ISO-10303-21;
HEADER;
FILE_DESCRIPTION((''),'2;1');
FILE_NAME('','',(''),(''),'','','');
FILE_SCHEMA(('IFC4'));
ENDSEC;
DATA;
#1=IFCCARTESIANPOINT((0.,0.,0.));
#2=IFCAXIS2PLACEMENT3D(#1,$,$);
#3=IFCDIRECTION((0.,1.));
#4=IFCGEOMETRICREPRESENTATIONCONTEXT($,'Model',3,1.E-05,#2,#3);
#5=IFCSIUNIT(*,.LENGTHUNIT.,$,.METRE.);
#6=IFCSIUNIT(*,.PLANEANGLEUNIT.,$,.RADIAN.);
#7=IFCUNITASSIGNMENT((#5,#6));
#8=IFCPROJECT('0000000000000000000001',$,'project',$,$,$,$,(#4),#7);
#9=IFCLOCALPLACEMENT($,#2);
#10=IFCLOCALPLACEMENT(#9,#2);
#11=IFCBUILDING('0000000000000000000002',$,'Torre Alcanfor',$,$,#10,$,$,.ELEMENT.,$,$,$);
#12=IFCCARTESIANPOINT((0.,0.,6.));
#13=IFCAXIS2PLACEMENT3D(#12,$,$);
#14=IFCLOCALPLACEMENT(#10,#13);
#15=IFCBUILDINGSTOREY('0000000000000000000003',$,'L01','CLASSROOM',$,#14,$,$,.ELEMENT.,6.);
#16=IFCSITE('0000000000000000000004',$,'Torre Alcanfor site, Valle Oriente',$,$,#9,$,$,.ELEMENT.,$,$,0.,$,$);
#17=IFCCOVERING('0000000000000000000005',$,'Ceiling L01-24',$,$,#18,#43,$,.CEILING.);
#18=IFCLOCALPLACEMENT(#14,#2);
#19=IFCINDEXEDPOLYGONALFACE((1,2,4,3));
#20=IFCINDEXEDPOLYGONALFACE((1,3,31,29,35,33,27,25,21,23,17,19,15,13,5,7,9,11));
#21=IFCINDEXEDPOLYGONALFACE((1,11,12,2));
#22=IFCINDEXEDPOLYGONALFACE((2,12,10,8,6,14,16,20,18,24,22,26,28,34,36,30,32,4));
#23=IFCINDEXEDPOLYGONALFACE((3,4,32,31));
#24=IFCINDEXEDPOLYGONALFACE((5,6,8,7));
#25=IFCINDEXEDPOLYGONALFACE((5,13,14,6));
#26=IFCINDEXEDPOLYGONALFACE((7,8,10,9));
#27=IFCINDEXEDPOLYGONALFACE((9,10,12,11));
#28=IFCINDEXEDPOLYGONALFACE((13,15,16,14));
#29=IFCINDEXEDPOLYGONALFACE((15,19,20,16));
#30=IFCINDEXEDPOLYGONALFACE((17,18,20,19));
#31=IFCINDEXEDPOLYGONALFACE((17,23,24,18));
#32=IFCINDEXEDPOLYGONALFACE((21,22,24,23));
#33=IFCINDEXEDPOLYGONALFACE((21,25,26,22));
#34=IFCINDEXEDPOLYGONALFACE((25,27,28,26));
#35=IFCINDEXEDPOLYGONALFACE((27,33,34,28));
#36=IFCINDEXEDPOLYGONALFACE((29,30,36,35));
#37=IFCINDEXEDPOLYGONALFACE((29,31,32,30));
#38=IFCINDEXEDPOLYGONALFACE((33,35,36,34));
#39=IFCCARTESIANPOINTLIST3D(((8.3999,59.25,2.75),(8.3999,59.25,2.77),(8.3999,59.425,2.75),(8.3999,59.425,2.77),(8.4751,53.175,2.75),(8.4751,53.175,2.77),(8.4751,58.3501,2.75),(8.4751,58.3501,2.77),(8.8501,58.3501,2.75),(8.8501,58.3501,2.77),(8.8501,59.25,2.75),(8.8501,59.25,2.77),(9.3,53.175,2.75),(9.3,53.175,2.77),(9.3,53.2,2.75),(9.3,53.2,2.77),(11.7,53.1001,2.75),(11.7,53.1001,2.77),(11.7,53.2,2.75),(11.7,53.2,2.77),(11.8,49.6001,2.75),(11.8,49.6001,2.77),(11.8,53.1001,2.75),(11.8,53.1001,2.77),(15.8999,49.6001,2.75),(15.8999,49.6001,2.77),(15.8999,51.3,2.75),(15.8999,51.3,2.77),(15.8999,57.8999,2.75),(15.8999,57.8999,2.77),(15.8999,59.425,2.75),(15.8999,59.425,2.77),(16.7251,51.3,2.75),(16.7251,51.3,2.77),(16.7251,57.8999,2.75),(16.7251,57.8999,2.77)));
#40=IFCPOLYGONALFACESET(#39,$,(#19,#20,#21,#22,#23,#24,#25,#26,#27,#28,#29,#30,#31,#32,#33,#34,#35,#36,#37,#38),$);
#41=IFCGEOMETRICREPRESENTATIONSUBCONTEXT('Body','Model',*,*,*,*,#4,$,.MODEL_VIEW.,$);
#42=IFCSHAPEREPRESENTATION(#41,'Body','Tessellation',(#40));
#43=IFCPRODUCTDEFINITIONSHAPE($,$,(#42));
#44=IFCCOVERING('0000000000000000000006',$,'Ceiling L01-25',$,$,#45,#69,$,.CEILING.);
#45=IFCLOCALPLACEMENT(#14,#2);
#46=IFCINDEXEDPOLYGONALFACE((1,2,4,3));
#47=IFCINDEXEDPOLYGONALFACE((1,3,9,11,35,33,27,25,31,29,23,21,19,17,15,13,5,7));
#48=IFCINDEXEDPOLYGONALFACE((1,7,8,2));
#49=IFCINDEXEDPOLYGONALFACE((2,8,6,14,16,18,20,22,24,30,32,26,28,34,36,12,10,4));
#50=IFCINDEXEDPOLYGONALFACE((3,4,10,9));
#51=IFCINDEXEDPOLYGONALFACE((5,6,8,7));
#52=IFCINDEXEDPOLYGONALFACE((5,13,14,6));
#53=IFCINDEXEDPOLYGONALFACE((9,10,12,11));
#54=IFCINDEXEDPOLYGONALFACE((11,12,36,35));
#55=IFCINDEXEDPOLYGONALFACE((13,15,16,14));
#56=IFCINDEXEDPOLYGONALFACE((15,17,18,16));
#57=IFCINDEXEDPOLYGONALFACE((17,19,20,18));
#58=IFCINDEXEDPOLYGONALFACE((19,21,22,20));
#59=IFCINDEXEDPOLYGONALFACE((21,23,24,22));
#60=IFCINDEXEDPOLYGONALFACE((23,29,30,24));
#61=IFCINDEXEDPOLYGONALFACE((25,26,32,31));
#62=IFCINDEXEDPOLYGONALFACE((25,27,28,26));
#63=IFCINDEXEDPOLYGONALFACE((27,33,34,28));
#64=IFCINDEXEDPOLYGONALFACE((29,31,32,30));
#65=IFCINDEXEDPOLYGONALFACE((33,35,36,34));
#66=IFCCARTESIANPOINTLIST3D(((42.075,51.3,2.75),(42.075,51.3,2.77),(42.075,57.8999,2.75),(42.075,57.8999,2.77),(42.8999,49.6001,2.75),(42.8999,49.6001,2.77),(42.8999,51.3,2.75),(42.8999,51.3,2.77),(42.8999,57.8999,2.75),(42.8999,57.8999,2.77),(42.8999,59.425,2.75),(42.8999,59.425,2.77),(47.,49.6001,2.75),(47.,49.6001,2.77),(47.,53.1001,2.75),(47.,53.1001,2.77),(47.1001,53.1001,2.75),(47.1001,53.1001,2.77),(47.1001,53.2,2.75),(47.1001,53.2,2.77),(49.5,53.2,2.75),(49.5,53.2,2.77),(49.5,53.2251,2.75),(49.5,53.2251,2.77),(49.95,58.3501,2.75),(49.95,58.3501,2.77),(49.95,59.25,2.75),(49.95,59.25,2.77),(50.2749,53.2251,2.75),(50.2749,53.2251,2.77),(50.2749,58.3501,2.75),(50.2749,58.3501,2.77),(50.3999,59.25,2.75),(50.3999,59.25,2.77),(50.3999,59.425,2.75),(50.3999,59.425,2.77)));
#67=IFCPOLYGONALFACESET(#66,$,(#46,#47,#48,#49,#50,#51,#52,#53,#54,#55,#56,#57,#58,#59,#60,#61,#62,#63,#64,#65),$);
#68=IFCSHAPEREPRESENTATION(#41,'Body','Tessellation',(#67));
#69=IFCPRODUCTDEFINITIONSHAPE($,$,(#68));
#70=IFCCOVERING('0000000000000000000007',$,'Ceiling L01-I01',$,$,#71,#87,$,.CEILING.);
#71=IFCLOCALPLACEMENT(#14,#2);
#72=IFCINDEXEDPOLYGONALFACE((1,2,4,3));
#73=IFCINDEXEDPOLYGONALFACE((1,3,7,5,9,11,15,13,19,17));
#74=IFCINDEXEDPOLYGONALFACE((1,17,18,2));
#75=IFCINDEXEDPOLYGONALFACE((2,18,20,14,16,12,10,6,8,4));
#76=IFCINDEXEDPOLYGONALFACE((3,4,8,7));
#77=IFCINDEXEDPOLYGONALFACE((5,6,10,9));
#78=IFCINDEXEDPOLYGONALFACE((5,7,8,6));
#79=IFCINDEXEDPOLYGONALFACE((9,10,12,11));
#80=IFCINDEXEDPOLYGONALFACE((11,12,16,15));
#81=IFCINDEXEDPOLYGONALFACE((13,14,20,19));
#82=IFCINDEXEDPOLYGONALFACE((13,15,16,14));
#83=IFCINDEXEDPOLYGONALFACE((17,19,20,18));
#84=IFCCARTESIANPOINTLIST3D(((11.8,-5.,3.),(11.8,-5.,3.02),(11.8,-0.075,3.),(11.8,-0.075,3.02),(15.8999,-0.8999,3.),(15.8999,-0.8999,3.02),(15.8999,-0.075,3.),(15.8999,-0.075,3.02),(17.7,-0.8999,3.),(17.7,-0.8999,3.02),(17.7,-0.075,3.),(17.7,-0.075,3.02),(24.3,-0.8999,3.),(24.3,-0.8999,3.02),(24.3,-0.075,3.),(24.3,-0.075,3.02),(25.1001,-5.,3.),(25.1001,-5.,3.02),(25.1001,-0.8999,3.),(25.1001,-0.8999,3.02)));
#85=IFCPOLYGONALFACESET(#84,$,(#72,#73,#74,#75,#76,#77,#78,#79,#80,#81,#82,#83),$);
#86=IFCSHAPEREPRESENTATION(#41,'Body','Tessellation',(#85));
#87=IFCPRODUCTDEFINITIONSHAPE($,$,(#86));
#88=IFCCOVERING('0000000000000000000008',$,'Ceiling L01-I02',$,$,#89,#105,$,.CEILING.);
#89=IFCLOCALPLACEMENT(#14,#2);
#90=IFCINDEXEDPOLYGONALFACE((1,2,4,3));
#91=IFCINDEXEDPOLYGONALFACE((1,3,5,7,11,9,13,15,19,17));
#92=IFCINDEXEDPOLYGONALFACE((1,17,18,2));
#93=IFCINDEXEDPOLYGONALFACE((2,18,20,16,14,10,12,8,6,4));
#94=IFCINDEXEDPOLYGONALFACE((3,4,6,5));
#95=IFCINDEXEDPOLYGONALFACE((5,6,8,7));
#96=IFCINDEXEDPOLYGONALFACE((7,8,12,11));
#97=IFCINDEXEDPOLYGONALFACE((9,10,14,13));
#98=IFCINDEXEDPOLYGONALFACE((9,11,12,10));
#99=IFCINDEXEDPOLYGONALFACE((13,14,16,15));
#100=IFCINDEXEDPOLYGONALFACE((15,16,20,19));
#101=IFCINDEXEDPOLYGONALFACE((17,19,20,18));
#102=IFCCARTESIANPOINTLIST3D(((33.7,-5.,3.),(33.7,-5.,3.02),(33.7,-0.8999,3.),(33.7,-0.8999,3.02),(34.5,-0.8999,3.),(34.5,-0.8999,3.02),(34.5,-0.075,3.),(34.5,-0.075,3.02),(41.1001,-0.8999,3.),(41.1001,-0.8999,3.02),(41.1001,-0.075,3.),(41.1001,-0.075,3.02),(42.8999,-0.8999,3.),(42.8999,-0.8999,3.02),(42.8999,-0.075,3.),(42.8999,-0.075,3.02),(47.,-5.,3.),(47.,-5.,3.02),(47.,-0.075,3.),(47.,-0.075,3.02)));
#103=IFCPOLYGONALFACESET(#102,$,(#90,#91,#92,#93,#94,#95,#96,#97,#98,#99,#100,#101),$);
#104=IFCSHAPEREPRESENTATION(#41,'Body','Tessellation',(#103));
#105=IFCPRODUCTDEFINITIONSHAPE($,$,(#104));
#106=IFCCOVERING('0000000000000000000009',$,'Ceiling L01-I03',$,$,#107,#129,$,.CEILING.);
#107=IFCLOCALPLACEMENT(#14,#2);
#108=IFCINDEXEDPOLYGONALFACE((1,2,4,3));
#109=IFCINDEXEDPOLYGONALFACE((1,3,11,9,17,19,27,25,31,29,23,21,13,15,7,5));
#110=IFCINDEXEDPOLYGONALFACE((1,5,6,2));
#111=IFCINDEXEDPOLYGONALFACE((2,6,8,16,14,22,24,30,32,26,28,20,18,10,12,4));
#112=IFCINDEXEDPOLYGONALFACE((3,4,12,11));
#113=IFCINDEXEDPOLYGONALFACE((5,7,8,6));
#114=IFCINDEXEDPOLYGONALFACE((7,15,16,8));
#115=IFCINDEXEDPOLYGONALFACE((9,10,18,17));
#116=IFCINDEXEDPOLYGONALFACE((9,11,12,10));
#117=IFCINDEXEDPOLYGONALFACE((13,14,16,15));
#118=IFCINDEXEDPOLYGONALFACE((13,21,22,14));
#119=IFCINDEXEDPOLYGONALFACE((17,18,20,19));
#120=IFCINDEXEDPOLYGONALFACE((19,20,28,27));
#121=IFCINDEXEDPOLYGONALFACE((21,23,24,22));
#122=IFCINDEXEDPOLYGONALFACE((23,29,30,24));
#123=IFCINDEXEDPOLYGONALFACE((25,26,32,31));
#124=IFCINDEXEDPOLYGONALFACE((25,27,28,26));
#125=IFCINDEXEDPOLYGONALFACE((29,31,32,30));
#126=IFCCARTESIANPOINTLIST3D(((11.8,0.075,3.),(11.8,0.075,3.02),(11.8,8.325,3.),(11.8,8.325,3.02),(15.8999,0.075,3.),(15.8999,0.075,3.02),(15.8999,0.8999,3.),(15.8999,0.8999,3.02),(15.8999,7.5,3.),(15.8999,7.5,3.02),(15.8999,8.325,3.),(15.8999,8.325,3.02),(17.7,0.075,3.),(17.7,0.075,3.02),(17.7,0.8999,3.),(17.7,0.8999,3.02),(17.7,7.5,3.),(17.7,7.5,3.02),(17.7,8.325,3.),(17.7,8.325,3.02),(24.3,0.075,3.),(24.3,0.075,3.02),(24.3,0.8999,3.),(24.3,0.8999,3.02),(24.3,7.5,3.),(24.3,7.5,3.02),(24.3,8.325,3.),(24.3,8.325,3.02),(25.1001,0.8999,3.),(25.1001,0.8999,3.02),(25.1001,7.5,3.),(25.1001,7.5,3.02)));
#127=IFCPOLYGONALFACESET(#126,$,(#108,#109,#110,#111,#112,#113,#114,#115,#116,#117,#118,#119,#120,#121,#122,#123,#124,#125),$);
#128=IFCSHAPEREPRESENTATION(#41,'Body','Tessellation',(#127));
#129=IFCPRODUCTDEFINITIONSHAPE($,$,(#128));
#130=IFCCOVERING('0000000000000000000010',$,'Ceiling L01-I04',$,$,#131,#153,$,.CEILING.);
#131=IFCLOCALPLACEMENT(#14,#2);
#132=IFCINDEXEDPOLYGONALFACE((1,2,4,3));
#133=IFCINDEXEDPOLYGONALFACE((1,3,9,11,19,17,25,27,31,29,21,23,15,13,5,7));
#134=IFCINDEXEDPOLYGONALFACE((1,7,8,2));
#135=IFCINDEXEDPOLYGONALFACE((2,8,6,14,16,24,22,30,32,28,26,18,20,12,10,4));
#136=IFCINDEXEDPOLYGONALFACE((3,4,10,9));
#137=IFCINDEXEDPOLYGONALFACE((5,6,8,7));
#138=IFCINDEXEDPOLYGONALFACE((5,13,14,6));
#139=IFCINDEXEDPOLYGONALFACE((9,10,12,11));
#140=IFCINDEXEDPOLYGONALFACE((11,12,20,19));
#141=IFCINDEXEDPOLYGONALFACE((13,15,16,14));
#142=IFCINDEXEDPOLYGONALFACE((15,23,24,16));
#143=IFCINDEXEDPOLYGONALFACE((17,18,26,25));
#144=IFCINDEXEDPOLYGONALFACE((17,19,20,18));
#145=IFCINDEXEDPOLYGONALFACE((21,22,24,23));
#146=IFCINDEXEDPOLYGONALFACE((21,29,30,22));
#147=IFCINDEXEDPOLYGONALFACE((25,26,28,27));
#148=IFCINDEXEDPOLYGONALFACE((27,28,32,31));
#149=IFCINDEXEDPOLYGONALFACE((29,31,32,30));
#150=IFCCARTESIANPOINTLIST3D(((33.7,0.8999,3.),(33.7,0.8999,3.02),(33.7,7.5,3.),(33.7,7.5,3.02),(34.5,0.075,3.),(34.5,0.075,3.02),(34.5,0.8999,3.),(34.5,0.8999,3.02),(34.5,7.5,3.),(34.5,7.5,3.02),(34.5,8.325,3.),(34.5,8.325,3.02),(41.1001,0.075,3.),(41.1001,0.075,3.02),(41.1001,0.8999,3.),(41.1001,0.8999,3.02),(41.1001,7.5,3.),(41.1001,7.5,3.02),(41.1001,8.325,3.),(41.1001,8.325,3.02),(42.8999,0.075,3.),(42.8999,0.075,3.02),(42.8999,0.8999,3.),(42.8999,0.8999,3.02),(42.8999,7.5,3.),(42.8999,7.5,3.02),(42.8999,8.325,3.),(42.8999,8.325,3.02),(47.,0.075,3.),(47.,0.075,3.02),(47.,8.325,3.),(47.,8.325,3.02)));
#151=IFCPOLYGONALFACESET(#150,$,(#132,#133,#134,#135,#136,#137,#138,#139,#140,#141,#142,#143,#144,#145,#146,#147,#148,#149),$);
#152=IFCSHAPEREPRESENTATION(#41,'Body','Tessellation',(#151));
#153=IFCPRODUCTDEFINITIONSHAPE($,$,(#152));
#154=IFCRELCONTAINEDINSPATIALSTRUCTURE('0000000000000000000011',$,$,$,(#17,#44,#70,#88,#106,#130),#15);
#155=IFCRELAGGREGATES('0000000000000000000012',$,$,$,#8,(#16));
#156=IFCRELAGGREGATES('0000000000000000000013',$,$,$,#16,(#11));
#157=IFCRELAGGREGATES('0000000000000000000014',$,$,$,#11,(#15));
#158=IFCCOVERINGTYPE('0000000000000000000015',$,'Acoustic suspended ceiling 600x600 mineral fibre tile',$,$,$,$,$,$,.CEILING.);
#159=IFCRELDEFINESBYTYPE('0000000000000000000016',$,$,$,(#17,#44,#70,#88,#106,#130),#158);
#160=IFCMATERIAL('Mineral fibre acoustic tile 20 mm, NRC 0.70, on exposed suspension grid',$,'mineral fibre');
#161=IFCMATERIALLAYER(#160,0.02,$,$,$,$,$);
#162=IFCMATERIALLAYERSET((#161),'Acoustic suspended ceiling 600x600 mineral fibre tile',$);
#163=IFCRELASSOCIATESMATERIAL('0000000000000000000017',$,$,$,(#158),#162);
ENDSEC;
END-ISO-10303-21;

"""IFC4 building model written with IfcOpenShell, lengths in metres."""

from ifc_helpers import new_model, si_unit, direction, frame, origin, place, context, subcontext, project, spatial, polyline, outline, extrude, material, layer, layer_set, type_object, element, save


model = new_model("IFC4")

# Units and contexts
model_context = context("Model", 3, precision=1e-05, world=origin(), true_north=direction((0.0, 1.0)))
body_context = subcontext(model_context, "Body", "Model", "MODEL_VIEW")
ifc_project = project(units=[si_unit("LENGTHUNIT", "METRE"), si_unit("PLANEANGLEUNIT", "RADIAN")], contexts=[model_context])

# Site, building, storey
site_placement = place(None, origin())
site = spatial("IfcSite", under=ifc_project, at=site_placement, Name="Torre Alcanfor site, Valle Oriente", CompositionType="ELEMENT", RefElevation=0.0)
building_placement = place(site_placement, origin())
building = spatial("IfcBuilding", under=site, at=building_placement, Name="Torre Alcanfor", CompositionType="ELEMENT")
storey_placement = place(building_placement, frame((0.0, 0.0, 6.0)))
storey = spatial("IfcBuildingStorey", under=building, at=storey_placement, Name="L01", Description="CLASSROOM", CompositionType="ELEMENT", Elevation=6.0)

# Coverings
ifc_material = material(Name="Mineral fibre acoustic tile 20 mm, NRC 0.70, on exposed suspension grid", Category="mineral fibre")
ifc_layer = layer(ifc_material, 0.02)
ifc_layer_set = layer_set([ifc_layer], Name="Acoustic suspended ceiling 600x600 mineral fibre tile")
covering_type = type_object("IfcCoveringType", Name="Acoustic suspended ceiling 600x600 mineral fibre tile", PredefinedType="CEILING", material=ifc_layer_set)
covering_1_placement = place(storey_placement, frame((0.0, 0.0, 2.75)))
element("IfcCovering", 1, at=covering_1_placement, inside=storey, type_object=covering_type, Name="Ceiling L01-24", PredefinedType="CEILING", context=body_context, shape_type="SweptSolid", body=[
    extrude(outline(polyline([(8.3999, 59.25), (8.8501, 59.25), (8.8501, 58.3501), (8.4751, 58.3501), (8.4751, 53.175), (9.3, 53.175), (9.3, 53.2), (11.7, 53.2), (11.7, 53.1001), (11.8, 53.1001), (11.8, 49.6001), (15.8999, 49.6001), (15.8999, 51.3), (16.7251, 51.3), (16.7251, 57.8999), (15.8999, 57.8999), (15.8999, 59.425), (8.3999, 59.425), (8.3999, 59.25)])), origin(), (0.0, 0.0, 1.0), 0.02),
])
covering_2_placement = place(storey_placement, frame((0.0, 0.0, 2.75)))
element("IfcCovering", 2, at=covering_2_placement, inside=storey, type_object=covering_type, Name="Ceiling L01-25", PredefinedType="CEILING", context=body_context, shape_type="SweptSolid", body=[
    extrude(outline(polyline([(49.95, 59.25), (50.3999, 59.25), (50.3999, 59.425), (42.8999, 59.425), (42.8999, 57.8999), (42.075, 57.8999), (42.075, 51.3), (42.8999, 51.3), (42.8999, 49.6001), (47.0, 49.6001), (47.0, 53.1001), (47.1001, 53.1001), (47.1001, 53.2), (49.5, 53.2), (49.5, 53.2251), (50.2749, 53.2251), (50.2749, 58.3501), (49.95, 58.3501), (49.95, 59.25)])), origin(), (0.0, 0.0, 1.0), 0.02),
])
covering_3_placement = place(storey_placement, frame((0.0, 0.0, 3.0)))
element("IfcCovering", 3, at=covering_3_placement, inside=storey, type_object=covering_type, Name="Ceiling L01-I01", PredefinedType="CEILING", context=body_context, shape_type="SweptSolid", body=[
    extrude(outline(polyline([(17.7, -0.8999), (15.8999, -0.8999), (15.8999, -0.075), (11.8, -0.075), (11.8, -5.0), (25.1001, -5.0), (25.1001, -0.8999), (24.3, -0.8999), (24.3, -0.075), (17.7, -0.075), (17.7, -0.8999)])), origin(), (0.0, 0.0, 1.0), 0.02),
])
covering_4_placement = place(storey_placement, frame((0.0, 0.0, 3.0)))
element("IfcCovering", 4, at=covering_4_placement, inside=storey, type_object=covering_type, Name="Ceiling L01-I02", PredefinedType="CEILING", context=body_context, shape_type="SweptSolid", body=[
    extrude(outline(polyline([(34.5, -0.075), (34.5, -0.8999), (33.7, -0.8999), (33.7, -5.0), (47.0, -5.0), (47.0, -0.075), (42.8999, -0.075), (42.8999, -0.8999), (41.1001, -0.8999), (41.1001, -0.075), (34.5, -0.075)])), origin(), (0.0, 0.0, 1.0), 0.02),
])
covering_5_placement = place(storey_placement, frame((0.0, 0.0, 3.0)))
element("IfcCovering", 5, at=covering_5_placement, inside=storey, type_object=covering_type, Name="Ceiling L01-I03", PredefinedType="CEILING", context=body_context, shape_type="SweptSolid", body=[
    extrude(outline(polyline([(17.7, 7.5), (15.8999, 7.5), (15.8999, 8.325), (11.8, 8.325), (11.8, 0.075), (15.8999, 0.075), (15.8999, 0.8999), (17.7, 0.8999), (17.7, 0.075), (24.3, 0.075), (24.3, 0.8999), (25.1001, 0.8999), (25.1001, 7.5), (24.3, 7.5), (24.3, 8.325), (17.7, 8.325), (17.7, 7.5)])), origin(), (0.0, 0.0, 1.0), 0.02),
])
covering_6_placement = place(storey_placement, frame((0.0, 0.0, 3.0)))
element("IfcCovering", 6, at=covering_6_placement, inside=storey, type_object=covering_type, Name="Ceiling L01-I04", PredefinedType="CEILING", context=body_context, shape_type="SweptSolid", body=[
    extrude(outline(polyline([(42.8999, 7.5), (41.1001, 7.5), (41.1001, 8.325), (34.5, 8.325), (34.5, 7.5), (33.7, 7.5), (33.7, 0.8999), (34.5, 0.8999), (34.5, 0.075), (41.1001, 0.075), (41.1001, 0.8999), (42.8999, 0.8999), (42.8999, 0.075), (47.0, 0.075), (47.0, 8.325), (42.8999, 8.325), (42.8999, 7.5)])), origin(), (0.0, 0.0, 1.0), 0.02),
])

save(model, "model.ifc")
